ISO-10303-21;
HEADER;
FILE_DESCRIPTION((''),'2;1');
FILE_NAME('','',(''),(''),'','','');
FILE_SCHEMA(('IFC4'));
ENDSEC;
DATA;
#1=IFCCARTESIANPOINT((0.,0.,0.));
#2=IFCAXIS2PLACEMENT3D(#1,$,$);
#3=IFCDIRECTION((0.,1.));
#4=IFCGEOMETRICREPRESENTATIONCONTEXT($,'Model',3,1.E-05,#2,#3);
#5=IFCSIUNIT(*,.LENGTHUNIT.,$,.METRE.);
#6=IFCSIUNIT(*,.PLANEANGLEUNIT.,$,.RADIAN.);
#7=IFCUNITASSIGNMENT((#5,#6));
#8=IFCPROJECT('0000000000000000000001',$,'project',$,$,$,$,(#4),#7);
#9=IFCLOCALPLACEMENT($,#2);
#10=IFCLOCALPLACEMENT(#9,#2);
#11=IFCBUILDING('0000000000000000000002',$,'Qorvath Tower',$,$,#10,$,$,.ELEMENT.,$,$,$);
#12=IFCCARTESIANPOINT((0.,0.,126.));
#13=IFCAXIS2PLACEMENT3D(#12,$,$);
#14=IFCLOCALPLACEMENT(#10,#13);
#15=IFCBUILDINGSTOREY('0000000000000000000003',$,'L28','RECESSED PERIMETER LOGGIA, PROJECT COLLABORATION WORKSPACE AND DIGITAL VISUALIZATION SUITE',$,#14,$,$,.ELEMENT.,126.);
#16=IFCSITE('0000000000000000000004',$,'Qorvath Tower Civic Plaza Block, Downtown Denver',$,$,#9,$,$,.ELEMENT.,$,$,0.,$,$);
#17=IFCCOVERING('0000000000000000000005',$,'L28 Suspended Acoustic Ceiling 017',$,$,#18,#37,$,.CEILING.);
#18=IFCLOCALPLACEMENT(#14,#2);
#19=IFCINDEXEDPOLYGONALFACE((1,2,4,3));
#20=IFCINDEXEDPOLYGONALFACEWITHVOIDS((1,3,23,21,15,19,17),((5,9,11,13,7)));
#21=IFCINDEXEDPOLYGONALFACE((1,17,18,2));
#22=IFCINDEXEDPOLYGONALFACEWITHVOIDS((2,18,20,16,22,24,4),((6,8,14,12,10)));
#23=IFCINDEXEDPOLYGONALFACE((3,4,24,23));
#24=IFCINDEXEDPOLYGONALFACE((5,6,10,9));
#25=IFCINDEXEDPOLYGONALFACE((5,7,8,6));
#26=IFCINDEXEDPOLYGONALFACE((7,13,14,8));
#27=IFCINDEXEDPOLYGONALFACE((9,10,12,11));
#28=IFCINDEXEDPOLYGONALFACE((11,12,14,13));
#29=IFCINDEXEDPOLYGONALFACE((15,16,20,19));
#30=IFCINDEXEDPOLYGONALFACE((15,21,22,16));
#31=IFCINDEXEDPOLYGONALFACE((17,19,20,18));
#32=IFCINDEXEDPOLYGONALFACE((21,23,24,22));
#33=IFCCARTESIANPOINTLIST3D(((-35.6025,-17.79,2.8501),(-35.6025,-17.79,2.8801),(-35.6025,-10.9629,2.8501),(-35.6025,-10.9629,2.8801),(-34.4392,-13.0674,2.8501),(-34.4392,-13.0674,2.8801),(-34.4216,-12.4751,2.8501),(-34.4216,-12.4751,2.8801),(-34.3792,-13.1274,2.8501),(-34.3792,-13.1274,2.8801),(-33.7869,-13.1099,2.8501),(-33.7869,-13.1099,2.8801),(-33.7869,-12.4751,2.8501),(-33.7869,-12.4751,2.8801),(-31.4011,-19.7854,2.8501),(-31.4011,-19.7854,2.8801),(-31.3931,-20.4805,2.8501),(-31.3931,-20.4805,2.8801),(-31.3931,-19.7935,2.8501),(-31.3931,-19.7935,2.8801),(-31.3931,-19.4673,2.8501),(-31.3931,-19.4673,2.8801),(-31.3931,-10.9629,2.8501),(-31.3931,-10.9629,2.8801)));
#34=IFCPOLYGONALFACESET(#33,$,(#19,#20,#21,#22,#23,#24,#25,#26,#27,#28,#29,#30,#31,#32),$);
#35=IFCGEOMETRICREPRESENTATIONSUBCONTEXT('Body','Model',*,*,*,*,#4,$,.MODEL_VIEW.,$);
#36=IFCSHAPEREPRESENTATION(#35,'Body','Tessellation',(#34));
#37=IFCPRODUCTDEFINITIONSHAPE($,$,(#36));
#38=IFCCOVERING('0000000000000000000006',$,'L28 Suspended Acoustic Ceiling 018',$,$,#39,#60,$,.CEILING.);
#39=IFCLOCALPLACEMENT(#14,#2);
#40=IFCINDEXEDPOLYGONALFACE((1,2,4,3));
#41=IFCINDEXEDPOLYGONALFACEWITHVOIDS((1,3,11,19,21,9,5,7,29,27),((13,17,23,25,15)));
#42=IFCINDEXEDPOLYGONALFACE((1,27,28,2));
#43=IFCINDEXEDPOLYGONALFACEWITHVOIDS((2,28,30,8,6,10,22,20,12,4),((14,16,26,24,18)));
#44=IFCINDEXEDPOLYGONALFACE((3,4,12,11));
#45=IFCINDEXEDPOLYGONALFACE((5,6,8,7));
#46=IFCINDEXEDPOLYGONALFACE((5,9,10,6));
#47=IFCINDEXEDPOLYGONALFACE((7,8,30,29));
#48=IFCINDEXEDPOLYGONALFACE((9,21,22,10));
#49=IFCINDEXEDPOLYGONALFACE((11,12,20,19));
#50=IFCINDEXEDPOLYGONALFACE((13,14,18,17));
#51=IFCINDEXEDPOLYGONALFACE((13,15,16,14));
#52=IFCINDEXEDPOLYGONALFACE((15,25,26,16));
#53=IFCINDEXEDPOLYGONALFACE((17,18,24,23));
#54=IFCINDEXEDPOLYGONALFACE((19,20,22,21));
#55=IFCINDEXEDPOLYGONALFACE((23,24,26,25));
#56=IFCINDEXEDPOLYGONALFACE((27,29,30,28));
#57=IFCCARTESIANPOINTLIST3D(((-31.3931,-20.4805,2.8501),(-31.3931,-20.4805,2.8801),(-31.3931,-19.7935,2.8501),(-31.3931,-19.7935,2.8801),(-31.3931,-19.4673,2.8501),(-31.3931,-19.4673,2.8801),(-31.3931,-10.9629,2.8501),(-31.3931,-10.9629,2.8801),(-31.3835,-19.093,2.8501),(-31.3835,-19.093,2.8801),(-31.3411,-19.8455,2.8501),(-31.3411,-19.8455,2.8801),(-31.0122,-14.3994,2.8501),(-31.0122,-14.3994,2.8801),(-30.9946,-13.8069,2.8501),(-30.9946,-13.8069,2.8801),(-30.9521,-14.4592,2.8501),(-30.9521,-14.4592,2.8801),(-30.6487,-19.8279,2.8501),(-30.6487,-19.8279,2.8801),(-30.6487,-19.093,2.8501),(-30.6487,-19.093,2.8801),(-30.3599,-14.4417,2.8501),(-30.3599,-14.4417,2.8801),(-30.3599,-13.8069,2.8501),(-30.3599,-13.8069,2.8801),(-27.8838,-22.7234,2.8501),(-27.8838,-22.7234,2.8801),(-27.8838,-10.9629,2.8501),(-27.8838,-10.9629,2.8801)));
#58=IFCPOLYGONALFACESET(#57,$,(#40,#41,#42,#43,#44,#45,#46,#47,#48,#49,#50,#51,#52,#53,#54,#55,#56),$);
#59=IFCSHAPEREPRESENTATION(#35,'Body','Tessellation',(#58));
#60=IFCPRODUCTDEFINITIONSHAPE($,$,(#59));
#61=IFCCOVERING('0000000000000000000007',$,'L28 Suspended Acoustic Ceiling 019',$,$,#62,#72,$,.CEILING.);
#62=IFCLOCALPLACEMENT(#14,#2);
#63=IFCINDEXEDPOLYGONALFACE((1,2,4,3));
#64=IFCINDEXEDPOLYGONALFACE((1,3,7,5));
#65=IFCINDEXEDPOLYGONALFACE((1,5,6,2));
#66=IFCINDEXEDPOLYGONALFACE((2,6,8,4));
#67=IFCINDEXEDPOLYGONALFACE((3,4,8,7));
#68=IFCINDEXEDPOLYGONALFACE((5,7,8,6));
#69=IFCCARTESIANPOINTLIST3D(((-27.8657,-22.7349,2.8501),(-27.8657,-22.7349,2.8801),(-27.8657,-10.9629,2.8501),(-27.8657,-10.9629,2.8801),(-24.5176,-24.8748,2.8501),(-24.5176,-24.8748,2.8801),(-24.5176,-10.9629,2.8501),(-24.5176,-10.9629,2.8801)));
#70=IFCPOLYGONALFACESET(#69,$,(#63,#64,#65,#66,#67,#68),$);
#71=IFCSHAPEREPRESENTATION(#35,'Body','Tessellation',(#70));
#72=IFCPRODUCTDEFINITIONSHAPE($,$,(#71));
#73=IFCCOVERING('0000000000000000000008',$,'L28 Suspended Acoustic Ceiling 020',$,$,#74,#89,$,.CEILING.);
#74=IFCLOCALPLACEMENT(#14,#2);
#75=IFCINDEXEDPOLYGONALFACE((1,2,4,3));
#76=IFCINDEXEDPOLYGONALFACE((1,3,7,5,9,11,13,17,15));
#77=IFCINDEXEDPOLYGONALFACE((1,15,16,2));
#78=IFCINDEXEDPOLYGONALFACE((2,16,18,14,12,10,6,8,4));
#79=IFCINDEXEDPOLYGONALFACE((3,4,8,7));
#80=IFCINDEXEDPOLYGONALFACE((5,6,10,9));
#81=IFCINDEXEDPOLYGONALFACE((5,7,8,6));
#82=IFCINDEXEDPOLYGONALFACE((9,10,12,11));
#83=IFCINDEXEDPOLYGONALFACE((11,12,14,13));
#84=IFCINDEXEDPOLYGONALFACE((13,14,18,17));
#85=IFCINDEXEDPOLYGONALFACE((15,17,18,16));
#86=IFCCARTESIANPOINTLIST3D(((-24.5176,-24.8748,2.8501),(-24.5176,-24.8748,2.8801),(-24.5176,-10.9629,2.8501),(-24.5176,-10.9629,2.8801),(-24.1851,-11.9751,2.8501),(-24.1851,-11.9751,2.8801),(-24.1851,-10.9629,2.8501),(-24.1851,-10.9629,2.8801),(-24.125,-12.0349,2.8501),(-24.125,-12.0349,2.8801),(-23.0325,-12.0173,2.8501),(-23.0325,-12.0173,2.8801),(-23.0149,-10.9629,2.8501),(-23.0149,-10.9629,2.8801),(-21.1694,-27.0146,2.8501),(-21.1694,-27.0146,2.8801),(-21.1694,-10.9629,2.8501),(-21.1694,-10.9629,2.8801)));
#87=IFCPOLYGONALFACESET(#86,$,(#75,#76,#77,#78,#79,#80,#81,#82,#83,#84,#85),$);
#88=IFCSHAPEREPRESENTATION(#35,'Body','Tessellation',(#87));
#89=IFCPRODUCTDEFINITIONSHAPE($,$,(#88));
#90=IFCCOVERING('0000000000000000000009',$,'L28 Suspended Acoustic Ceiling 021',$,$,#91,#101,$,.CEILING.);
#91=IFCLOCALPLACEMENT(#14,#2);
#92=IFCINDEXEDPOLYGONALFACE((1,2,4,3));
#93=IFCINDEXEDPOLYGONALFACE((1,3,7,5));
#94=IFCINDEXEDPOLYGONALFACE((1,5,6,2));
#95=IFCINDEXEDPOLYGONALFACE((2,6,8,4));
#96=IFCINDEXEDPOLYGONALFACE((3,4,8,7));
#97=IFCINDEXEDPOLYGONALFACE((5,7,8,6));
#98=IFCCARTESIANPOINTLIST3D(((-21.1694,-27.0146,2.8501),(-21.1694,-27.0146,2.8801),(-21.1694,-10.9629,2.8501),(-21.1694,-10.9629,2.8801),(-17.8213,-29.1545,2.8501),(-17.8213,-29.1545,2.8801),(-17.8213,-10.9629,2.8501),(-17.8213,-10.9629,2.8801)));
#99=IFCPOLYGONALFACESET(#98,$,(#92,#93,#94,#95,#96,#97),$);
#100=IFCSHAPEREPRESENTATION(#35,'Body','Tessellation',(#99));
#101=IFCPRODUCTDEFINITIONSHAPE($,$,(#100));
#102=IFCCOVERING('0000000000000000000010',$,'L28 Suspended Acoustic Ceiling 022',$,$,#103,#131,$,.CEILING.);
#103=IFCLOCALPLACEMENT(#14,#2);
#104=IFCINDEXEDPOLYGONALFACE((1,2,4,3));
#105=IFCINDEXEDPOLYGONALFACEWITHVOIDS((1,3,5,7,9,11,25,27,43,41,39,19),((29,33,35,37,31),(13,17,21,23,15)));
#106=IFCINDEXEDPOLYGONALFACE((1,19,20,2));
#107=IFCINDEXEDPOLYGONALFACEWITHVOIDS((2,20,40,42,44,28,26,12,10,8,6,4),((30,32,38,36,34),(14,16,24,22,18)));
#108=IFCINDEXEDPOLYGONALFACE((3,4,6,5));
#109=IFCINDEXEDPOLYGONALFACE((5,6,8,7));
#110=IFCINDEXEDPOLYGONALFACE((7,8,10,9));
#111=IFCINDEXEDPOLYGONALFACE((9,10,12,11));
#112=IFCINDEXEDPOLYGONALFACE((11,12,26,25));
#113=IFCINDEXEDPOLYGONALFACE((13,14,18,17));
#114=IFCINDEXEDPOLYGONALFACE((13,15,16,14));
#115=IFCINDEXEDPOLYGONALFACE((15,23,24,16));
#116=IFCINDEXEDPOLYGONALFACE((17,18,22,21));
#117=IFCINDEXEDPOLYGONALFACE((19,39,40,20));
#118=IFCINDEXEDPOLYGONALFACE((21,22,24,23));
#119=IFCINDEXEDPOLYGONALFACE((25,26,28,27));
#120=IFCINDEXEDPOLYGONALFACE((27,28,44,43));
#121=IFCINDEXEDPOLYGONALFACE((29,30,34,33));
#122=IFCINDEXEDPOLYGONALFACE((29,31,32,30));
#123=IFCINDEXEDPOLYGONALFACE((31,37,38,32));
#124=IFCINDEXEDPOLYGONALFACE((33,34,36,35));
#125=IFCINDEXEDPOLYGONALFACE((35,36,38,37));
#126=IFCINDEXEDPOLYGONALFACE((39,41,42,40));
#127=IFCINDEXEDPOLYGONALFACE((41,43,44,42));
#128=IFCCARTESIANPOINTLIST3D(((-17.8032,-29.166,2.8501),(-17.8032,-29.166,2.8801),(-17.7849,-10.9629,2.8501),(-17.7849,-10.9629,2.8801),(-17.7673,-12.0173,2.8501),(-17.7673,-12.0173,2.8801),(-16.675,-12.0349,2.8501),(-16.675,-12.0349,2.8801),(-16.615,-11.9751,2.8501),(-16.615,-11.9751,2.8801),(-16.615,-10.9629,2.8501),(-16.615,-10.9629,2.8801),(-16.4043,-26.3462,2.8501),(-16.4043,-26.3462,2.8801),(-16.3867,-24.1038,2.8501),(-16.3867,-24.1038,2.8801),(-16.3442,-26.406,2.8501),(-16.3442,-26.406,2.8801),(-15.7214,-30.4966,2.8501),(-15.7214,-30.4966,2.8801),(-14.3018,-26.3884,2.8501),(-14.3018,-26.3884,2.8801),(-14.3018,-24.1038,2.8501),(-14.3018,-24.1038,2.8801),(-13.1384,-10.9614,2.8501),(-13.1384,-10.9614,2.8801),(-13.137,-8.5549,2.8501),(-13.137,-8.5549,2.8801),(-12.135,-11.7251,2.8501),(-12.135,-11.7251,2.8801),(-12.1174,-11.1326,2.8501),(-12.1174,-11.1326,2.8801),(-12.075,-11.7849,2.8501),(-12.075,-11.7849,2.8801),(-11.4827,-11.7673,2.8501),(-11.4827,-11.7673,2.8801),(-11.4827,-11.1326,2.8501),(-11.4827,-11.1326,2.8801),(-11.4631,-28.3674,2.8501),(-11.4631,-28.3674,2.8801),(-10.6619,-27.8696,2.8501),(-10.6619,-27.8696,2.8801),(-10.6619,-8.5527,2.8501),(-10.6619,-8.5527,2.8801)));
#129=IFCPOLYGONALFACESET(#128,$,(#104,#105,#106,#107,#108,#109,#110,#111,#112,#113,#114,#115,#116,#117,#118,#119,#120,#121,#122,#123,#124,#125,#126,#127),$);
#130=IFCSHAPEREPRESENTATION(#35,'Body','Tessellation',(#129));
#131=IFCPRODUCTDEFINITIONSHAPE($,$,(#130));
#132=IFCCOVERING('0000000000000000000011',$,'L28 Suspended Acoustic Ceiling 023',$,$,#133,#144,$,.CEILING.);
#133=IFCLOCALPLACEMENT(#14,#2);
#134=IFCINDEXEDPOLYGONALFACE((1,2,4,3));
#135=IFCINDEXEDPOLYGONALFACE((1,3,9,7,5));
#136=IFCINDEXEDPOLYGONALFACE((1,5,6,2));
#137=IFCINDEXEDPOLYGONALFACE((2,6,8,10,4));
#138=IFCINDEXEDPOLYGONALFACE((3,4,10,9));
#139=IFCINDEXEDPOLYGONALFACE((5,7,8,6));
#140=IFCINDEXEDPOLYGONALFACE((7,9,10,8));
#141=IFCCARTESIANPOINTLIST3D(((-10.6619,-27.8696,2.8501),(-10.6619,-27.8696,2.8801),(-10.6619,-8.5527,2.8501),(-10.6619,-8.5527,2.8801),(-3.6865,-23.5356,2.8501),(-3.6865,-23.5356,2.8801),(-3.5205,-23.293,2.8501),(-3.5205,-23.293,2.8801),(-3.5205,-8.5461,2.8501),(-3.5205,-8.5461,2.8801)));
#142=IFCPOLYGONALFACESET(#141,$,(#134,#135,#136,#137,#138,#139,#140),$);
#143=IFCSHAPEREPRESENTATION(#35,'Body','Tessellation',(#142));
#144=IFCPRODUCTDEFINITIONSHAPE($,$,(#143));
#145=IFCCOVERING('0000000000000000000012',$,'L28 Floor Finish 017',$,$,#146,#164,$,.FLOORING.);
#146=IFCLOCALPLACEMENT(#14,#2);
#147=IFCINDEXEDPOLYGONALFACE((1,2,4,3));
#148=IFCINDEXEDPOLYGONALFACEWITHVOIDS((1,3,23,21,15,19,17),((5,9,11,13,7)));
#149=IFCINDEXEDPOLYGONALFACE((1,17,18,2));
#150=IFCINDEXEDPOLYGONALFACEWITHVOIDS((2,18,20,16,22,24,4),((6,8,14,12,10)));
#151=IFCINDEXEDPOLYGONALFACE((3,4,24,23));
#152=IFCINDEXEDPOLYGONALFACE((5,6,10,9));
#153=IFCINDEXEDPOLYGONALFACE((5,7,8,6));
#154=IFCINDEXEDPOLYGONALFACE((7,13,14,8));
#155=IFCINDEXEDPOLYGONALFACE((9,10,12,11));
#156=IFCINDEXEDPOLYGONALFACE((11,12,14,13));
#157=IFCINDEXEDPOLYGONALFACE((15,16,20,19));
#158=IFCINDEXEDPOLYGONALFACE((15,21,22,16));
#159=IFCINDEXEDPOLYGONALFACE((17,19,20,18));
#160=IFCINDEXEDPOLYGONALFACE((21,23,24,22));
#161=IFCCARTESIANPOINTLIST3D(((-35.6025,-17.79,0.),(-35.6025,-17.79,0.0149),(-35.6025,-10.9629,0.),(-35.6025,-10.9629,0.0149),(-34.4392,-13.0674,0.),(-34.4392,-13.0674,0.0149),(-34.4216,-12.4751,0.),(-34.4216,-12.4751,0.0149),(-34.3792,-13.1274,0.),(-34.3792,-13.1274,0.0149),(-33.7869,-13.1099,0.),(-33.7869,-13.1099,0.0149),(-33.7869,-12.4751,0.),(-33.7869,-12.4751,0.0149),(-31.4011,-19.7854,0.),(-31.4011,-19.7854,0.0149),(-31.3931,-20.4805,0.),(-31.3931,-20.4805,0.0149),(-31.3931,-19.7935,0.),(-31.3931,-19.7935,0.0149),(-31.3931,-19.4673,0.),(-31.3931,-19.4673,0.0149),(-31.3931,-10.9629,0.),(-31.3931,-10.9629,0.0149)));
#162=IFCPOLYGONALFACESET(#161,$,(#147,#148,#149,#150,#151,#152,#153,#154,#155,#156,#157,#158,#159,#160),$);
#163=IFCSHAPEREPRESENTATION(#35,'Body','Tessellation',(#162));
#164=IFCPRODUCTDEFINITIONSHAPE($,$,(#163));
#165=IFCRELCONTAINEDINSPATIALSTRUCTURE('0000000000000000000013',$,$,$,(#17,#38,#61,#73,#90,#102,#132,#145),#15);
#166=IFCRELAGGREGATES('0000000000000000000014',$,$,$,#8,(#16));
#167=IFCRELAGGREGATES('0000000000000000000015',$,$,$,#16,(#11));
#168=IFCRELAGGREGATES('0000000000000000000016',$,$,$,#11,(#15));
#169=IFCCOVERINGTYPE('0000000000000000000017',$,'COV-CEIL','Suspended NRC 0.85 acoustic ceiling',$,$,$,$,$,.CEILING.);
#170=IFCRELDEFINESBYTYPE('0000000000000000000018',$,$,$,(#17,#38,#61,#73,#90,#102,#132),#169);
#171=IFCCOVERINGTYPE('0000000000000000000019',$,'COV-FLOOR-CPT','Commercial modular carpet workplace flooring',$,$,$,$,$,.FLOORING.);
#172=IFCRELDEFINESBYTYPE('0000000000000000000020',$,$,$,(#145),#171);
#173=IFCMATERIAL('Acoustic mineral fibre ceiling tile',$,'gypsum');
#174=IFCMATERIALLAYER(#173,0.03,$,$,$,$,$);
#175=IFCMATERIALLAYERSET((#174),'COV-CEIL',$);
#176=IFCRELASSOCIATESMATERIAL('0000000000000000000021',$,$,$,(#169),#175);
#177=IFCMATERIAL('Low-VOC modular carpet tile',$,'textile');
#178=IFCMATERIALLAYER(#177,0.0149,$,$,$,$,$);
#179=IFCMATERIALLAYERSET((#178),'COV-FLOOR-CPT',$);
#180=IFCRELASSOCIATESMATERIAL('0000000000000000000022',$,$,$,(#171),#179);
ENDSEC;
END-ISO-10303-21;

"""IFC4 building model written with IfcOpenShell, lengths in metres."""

from ifc_helpers import new_model, si_unit, direction, frame, origin, place, context, subcontext, project, spatial, polyline, outline, extrude, material, layer, layer_set, type_object, element, save


model = new_model("IFC4")

# Units and contexts
model_context = context("Model", 3, precision=1e-05, world=origin(), true_north=direction((0.0, 1.0)))
body_context = subcontext(model_context, "Body", "Model", "MODEL_VIEW")
ifc_project = project(units=[si_unit("LENGTHUNIT", "METRE"), si_unit("PLANEANGLEUNIT", "RADIAN")], contexts=[model_context])

# Site, building, storey
site_placement = place(None, origin())
site = spatial("IfcSite", under=ifc_project, at=site_placement, Name="Qorvath Tower Civic Plaza Block, Downtown Denver", CompositionType="ELEMENT", RefElevation=0.0)
building_placement = place(site_placement, origin())
building = spatial("IfcBuilding", under=site, at=building_placement, Name="Qorvath Tower", CompositionType="ELEMENT")
storey_placement = place(building_placement, frame((0.0, 0.0, 126.0)))
storey = spatial("IfcBuildingStorey", under=building, at=storey_placement, Name="L28", Description="RECESSED PERIMETER LOGGIA, PROJECT COLLABORATION WORKSPACE AND DIGITAL VISUALIZATION SUITE", CompositionType="ELEMENT", Elevation=126.0)

# Coverings
ifc_material_1 = material(Name="Acoustic mineral fibre ceiling tile", Category="gypsum")
ifc_layer_1 = layer(ifc_material_1, 0.03)
ifc_layer_set_1 = layer_set([ifc_layer_1], Name="COV-CEIL")
covering_type_1 = type_object("IfcCoveringType", Name="COV-CEIL", Description="Suspended NRC 0.85 acoustic ceiling", PredefinedType="CEILING", material=ifc_layer_set_1)
covering_1_placement = place(storey_placement, frame((0.0, 0.0, 2.8501)))
element("IfcCovering", 1, at=covering_1_placement, inside=storey, type_object=covering_type_1, Name="L28 Suspended Acoustic Ceiling 017", PredefinedType="CEILING", context=body_context, shape_type="SweptSolid", body=[
    extrude(outline(polyline([(-35.6025, -10.9629), (-35.6025, -17.79), (-31.3931, -20.4805), (-31.3931, -19.7935), (-31.4011, -19.7854), (-31.3931, -19.4673), (-31.3931, -10.9629), (-35.6025, -10.9629)]), holes=[polyline([(-34.4392, -13.0674), (-34.4216, -12.4751), (-33.7869, -12.4751), (-33.7869, -13.1099), (-34.3792, -13.1274), (-34.4392, -13.0674)])]), origin(), (0.0, 0.0, 1.0), 0.03),
])
covering_2_placement = place(storey_placement, frame((0.0, 0.0, 2.8501)))
element("IfcCovering", 2, at=covering_2_placement, inside=storey, type_object=covering_type_1, Name="L28 Suspended Acoustic Ceiling 018", PredefinedType="CEILING", context=body_context, shape_type="SweptSolid", body=[
    extrude(outline(polyline([(-31.3931, -10.9629), (-31.3931, -19.4673), (-31.3835, -19.093), (-30.6487, -19.093), (-30.6487, -19.8279), (-31.3411, -19.8455), (-31.3931, -19.7935), (-31.3931, -20.4805), (-27.8838, -22.7234), (-27.8838, -10.9629), (-31.3931, -10.9629)]), holes=[polyline([(-31.0122, -14.3994), (-30.9946, -13.8069), (-30.3599, -13.8069), (-30.3599, -14.4417), (-30.9521, -14.4592), (-31.0122, -14.3994)])]), origin(), (0.0, 0.0, 1.0), 0.03),
])
covering_3_placement = place(storey_placement, frame((0.0, 0.0, 2.8501)))
element("IfcCovering", 3, at=covering_3_placement, inside=storey, type_object=covering_type_1, Name="L28 Suspended Acoustic Ceiling 019", PredefinedType="CEILING", context=body_context, shape_type="SweptSolid", body=[
    extrude(outline(polyline([(-24.5176, -24.8748), (-24.5176, -10.9629), (-27.8657, -10.9629), (-27.8657, -22.7349), (-24.5176, -24.8748)])), origin(), (0.0, 0.0, 1.0), 0.03),
])
covering_4_placement = place(storey_placement, frame((0.0, 0.0, 2.8501)))
element("IfcCovering", 4, at=covering_4_placement, inside=storey, type_object=covering_type_1, Name="L28 Suspended Acoustic Ceiling 020", PredefinedType="CEILING", context=body_context, shape_type="SweptSolid", body=[
    extrude(outline(polyline([(-21.1694, -27.0146), (-21.1694, -10.9629), (-23.0149, -10.9629), (-23.0325, -12.0173), (-24.125, -12.0349), (-24.1851, -11.9751), (-24.1851, -10.9629), (-24.5176, -10.9629), (-24.5176, -24.8748), (-21.1694, -27.0146)])), origin(), (0.0, 0.0, 1.0), 0.03),
])
covering_5_placement = place(storey_placement, frame((0.0, 0.0, 2.8501)))
element("IfcCovering", 5, at=covering_5_placement, inside=storey, type_object=covering_type_1, Name="L28 Suspended Acoustic Ceiling 021", PredefinedType="CEILING", context=body_context, shape_type="SweptSolid", body=[
    extrude(outline(polyline([(-17.8213, -29.1545), (-17.8213, -10.9629), (-21.1694, -10.9629), (-21.1694, -27.0146), (-17.8213, -29.1545)])), origin(), (0.0, 0.0, 1.0), 0.03),
])
covering_6_placement = place(storey_placement, frame((0.0, 0.0, 2.8501)))
element("IfcCovering", 6, at=covering_6_placement, inside=storey, type_object=covering_type_1, Name="L28 Suspended Acoustic Ceiling 022", PredefinedType="CEILING", context=body_context, shape_type="SweptSolid", body=[
    extrude(outline(polyline([(-17.7849, -10.9629), (-17.8032, -29.166), (-15.7214, -30.4966), (-11.4631, -28.3674), (-10.6619, -27.8696), (-10.6619, -8.5527), (-13.137, -8.5549), (-13.1384, -10.9614), (-16.615, -10.9629), (-16.615, -11.9751), (-16.675, -12.0349), (-17.7673, -12.0173), (-17.7849, -10.9629)]), holes=[polyline([(-12.135, -11.7251), (-12.1174, -11.1326), (-11.4827, -11.1326), (-11.4827, -11.7673), (-12.075, -11.7849), (-12.135, -11.7251)]), polyline([(-16.4043, -26.3462), (-16.3867, -24.1038), (-14.3018, -24.1038), (-14.3018, -26.3884), (-16.3442, -26.406), (-16.4043, -26.3462)])]), origin(), (0.0, 0.0, 1.0), 0.03),
])
covering_7_placement = place(storey_placement, frame((0.0, 0.0, 2.8501)))
element("IfcCovering", 7, at=covering_7_placement, inside=storey, type_object=covering_type_1, Name="L28 Suspended Acoustic Ceiling 023", PredefinedType="CEILING", context=body_context, shape_type="SweptSolid", body=[
    extrude(outline(polyline([(-10.6619, -8.5527), (-10.6619, -27.8696), (-3.6865, -23.5356), (-3.5205, -23.293), (-3.5205, -8.5461), (-10.6619, -8.5527)])), origin(), (0.0, 0.0, 1.0), 0.03),
])
ifc_material_2 = material(Name="Low-VOC modular carpet tile", Category="textile")
ifc_layer_2 = layer(ifc_material_2, 0.0149)
ifc_layer_set_2 = layer_set([ifc_layer_2], Name="COV-FLOOR-CPT")
covering_type_2 = type_object("IfcCoveringType", Name="COV-FLOOR-CPT", Description="Commercial modular carpet workplace flooring", PredefinedType="FLOORING", material=ifc_layer_set_2)
covering_8_placement = place(storey_placement, origin())
element("IfcCovering", 8, at=covering_8_placement, inside=storey, type_object=covering_type_2, Name="L28 Floor Finish 017", PredefinedType="FLOORING", context=body_context, shape_type="SweptSolid", body=[
    extrude(outline(polyline([(-35.6025, -10.9629), (-35.6025, -17.79), (-31.3931, -20.4805), (-31.3931, -19.7935), (-31.4011, -19.7854), (-31.3931, -19.4673), (-31.3931, -10.9629), (-35.6025, -10.9629)]), holes=[polyline([(-34.4392, -13.0674), (-34.4216, -12.4751), (-33.7869, -12.4751), (-33.7869, -13.1099), (-34.3792, -13.1274), (-34.4392, -13.0674)])]), origin(), (0.0, 0.0, 1.0), 0.0149),
])

save(model, "model.ifc")
